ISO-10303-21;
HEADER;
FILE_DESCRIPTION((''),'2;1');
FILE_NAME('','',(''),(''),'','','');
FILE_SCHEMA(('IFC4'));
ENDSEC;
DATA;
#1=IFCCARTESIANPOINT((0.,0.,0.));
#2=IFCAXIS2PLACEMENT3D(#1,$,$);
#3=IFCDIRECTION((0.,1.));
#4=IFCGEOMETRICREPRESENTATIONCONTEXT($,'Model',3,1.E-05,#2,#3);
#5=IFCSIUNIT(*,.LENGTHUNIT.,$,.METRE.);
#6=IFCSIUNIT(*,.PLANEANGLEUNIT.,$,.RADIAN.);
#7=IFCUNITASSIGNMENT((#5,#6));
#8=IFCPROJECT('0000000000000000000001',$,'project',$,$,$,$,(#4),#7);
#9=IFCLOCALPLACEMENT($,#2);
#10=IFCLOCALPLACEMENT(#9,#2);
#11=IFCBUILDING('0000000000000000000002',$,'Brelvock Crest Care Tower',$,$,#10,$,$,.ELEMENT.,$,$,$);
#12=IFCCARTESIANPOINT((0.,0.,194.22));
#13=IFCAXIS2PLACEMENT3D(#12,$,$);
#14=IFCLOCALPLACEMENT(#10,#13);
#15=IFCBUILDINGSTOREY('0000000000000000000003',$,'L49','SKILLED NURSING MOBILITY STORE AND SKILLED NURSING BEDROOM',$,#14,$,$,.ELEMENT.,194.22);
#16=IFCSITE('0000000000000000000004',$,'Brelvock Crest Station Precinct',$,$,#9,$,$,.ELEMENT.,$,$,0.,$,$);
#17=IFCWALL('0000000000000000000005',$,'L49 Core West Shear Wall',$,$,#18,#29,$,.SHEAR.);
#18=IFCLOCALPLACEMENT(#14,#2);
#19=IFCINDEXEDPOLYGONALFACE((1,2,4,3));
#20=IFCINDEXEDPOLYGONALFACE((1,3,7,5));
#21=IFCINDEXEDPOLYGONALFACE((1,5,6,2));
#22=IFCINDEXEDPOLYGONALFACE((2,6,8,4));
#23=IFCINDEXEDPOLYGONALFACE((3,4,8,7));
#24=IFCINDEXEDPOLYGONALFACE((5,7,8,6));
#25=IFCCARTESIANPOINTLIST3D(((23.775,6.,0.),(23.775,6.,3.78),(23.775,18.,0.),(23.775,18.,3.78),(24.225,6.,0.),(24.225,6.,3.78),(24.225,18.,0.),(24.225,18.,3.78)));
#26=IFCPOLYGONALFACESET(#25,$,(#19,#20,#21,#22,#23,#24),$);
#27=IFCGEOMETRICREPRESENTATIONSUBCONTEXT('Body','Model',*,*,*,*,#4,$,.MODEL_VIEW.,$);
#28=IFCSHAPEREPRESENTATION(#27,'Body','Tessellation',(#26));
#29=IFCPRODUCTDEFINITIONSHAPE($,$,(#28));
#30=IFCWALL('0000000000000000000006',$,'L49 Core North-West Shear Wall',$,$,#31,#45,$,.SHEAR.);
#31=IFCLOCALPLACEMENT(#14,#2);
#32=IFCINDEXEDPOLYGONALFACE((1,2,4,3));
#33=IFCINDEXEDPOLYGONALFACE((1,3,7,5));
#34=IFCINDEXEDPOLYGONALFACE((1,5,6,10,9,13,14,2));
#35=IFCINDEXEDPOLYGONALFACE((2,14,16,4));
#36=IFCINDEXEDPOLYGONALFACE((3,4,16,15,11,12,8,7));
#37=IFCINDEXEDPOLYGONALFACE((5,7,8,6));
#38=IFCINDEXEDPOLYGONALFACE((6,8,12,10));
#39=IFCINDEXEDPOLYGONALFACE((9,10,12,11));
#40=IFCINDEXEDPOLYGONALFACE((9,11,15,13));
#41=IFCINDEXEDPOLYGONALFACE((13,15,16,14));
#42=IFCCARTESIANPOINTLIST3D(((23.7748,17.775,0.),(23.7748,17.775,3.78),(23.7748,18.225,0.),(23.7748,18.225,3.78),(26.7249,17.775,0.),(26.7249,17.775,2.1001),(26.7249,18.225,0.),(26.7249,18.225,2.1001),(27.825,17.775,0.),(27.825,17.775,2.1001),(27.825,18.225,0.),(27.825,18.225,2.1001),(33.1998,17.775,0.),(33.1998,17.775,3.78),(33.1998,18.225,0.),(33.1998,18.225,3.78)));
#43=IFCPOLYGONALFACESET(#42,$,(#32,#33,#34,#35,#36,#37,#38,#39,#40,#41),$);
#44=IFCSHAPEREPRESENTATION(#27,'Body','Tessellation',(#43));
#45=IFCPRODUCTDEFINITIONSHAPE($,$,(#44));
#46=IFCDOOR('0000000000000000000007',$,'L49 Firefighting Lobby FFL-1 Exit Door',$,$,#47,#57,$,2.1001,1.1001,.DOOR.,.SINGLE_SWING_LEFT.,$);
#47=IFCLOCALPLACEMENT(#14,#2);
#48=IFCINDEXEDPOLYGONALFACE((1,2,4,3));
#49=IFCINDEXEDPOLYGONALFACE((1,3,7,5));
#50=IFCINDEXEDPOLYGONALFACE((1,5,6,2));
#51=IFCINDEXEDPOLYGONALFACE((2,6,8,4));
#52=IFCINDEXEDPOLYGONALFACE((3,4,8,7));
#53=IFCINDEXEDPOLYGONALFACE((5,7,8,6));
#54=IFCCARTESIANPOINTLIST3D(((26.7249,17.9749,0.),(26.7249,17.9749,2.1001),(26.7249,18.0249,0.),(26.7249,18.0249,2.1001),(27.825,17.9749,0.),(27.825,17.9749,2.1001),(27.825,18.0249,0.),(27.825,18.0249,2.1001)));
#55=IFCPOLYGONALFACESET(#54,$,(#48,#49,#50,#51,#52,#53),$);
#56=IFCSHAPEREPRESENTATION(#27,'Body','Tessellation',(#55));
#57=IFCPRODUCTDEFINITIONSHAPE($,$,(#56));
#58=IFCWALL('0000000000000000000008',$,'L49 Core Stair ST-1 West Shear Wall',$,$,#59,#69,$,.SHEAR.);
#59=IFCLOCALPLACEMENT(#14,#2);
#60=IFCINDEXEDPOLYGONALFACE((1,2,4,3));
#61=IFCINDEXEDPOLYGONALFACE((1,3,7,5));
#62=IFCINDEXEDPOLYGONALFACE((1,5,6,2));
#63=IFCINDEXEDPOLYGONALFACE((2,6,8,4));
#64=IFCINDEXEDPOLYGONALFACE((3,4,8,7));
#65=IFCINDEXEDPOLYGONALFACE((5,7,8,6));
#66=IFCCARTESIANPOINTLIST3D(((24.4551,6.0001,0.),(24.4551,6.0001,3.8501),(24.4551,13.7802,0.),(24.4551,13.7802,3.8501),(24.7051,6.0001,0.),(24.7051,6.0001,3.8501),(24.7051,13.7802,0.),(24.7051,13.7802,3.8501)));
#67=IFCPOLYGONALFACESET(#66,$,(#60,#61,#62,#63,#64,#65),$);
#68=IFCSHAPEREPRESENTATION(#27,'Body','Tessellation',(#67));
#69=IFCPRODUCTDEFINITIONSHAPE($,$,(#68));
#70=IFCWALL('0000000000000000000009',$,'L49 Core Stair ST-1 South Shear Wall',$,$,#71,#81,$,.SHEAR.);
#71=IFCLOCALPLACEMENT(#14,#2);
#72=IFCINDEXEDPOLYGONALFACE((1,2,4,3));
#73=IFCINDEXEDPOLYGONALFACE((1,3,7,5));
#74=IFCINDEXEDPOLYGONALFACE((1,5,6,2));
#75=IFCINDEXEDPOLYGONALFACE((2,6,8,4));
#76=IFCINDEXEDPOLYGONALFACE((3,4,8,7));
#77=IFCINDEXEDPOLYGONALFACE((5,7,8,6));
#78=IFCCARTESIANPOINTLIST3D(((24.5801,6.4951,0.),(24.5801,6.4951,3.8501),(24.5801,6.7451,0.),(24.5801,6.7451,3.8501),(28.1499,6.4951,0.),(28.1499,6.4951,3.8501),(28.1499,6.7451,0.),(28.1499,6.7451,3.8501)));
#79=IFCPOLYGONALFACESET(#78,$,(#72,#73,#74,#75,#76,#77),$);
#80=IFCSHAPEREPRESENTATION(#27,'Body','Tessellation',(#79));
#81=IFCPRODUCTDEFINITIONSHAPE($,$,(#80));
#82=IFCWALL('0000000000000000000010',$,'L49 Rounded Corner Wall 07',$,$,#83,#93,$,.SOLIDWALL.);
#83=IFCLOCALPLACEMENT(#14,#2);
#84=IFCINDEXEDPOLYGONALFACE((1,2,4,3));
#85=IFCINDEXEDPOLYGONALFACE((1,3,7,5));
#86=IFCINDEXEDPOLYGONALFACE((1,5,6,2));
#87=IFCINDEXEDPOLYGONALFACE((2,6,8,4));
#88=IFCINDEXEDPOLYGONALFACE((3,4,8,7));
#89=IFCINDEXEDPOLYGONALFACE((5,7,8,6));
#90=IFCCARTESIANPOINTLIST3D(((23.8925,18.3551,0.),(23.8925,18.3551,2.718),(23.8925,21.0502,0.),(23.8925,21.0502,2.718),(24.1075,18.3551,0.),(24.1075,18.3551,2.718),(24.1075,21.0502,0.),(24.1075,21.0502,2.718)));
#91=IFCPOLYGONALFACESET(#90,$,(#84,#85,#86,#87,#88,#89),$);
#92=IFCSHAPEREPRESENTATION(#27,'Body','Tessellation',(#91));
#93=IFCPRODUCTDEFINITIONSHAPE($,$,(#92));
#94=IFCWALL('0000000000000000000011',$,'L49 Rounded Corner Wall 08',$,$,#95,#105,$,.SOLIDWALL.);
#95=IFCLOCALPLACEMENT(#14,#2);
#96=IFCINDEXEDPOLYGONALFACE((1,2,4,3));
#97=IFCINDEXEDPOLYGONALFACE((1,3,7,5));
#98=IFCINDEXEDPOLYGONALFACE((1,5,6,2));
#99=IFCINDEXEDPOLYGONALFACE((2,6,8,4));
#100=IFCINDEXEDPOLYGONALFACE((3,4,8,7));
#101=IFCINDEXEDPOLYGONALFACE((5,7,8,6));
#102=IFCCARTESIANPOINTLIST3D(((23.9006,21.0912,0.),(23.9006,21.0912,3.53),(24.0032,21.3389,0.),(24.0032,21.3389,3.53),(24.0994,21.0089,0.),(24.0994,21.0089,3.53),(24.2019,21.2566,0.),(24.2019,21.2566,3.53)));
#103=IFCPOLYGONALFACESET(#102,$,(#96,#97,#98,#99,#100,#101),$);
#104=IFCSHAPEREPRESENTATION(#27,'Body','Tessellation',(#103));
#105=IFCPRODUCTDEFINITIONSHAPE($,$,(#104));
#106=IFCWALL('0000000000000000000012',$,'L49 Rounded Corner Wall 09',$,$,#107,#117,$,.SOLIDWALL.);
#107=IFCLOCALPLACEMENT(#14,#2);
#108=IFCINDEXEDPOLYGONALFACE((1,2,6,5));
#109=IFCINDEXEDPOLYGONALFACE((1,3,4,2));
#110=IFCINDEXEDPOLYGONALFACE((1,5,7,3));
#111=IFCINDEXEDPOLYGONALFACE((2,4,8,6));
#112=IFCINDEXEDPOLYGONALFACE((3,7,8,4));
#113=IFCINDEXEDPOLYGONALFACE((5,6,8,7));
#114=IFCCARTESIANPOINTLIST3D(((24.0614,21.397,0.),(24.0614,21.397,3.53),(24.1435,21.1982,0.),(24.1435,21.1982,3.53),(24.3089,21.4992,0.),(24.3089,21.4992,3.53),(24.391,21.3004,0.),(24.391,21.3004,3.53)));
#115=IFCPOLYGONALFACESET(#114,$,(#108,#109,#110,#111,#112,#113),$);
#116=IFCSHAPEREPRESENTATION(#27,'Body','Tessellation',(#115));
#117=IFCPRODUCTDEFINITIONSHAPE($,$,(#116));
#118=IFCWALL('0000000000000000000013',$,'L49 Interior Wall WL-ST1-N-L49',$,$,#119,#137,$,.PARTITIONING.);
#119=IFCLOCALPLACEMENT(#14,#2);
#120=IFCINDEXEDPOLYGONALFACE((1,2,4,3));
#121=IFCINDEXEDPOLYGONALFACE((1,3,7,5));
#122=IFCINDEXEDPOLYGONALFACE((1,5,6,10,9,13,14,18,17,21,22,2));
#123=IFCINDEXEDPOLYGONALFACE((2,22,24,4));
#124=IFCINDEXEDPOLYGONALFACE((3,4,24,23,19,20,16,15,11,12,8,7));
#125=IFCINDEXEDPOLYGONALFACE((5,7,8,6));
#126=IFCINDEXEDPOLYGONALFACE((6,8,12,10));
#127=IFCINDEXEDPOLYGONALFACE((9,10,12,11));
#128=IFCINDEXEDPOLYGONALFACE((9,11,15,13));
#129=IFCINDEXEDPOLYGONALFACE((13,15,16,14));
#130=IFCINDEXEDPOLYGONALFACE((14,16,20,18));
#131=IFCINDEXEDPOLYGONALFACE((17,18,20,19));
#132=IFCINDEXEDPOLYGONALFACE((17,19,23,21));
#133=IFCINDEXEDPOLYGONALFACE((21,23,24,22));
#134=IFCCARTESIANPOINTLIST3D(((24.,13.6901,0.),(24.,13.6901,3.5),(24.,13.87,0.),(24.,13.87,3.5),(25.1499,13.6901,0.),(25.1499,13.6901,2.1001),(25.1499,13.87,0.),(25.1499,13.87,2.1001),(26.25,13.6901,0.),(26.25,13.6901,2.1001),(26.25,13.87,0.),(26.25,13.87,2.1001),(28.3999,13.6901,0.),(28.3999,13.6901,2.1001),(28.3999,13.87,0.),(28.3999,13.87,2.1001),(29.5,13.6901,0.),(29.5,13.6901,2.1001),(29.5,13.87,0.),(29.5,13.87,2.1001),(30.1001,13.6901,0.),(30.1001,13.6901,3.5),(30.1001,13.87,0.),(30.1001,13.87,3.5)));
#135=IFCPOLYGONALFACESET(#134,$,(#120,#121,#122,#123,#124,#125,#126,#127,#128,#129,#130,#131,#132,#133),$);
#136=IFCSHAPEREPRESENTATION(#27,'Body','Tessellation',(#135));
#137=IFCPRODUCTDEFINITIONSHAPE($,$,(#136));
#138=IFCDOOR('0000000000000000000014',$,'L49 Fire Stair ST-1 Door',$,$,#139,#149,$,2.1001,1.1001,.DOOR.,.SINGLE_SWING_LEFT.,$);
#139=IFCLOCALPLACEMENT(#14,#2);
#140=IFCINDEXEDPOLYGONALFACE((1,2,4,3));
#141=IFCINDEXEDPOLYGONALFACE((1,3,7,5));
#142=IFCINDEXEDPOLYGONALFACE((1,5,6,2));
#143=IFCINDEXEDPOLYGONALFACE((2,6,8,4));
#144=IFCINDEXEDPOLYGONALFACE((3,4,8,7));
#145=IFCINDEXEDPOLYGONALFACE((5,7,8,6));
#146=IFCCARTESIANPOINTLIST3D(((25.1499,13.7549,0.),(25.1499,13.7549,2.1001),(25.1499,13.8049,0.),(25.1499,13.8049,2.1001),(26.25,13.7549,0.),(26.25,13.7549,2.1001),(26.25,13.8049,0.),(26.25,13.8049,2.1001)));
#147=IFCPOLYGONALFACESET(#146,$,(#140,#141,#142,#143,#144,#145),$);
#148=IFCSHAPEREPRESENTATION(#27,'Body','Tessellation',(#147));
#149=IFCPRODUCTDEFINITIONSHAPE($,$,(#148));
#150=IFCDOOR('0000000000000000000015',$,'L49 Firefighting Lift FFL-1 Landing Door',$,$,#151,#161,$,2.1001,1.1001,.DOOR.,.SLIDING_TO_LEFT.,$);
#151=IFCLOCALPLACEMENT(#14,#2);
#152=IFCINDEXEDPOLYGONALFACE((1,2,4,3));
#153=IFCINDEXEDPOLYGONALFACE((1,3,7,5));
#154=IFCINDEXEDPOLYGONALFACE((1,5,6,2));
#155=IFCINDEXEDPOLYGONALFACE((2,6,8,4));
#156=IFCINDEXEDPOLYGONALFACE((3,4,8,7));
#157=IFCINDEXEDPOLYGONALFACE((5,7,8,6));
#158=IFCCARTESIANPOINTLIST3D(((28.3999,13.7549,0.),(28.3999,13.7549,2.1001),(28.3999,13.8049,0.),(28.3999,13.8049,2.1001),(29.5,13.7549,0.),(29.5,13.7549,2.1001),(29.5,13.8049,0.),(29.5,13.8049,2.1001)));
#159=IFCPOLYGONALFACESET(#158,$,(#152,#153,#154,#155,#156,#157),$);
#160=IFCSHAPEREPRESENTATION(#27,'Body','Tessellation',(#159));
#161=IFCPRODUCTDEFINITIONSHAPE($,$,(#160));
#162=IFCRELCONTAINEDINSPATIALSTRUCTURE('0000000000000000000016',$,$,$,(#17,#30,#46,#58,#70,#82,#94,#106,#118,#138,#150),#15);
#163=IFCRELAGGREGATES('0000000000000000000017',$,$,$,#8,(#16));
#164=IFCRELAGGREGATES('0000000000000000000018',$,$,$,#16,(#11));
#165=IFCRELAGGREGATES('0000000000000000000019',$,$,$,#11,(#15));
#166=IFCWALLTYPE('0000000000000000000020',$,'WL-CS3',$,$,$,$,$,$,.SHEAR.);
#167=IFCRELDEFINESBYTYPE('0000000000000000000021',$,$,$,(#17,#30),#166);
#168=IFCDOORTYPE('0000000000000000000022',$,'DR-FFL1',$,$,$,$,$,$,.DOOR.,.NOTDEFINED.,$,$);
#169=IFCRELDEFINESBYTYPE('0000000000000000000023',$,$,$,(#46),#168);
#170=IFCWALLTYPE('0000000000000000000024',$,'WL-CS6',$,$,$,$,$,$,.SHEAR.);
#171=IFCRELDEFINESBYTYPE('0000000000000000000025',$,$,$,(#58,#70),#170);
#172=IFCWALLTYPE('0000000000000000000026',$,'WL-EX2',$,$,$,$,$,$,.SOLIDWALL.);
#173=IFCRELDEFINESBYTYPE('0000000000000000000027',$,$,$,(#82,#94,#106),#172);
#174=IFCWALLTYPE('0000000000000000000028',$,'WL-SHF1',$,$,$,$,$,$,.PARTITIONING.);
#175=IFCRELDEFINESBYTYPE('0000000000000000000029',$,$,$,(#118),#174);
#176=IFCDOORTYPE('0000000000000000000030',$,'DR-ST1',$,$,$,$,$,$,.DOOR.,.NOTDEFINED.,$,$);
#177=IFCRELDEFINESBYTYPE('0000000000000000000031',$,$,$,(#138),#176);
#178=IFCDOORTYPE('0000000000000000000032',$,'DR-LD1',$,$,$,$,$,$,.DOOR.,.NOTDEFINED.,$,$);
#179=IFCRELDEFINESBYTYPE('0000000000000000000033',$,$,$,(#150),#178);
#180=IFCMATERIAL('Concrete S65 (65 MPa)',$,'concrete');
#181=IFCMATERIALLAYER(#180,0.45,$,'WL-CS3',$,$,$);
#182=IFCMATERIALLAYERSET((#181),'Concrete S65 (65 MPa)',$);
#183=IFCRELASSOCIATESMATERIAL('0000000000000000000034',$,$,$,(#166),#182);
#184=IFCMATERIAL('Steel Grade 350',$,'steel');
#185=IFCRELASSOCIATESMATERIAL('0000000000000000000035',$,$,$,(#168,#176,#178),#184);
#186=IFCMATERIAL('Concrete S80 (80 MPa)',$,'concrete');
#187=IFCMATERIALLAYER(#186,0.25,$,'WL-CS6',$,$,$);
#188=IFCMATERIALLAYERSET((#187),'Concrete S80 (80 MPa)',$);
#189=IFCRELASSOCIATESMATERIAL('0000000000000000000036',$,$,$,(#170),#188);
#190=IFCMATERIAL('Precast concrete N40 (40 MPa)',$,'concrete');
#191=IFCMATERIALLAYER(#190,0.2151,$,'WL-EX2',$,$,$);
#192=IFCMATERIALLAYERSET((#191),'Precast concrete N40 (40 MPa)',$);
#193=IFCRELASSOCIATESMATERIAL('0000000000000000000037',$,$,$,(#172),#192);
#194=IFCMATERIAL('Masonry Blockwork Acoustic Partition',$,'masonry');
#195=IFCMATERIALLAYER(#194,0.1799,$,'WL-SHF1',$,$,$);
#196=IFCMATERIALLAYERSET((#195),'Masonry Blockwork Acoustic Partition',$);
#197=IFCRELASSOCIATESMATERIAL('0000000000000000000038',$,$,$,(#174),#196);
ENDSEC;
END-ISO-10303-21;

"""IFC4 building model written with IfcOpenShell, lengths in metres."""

from ifc_helpers import new_model, si_unit, direction, frame, frame_2d, origin, origin_2d, place, context, subcontext, project, spatial, rectangle, extrude, source, transform, mapped, material, layer, layer_set, type_object, element, fill, save


model = new_model("IFC4")

# Units and contexts
model_context = context("Model", 3, precision=1e-05, world=origin(), true_north=direction((0.0, 1.0)))
body_context = subcontext(model_context, "Body", "Model", "MODEL_VIEW")
ifc_project = project(units=[si_unit("LENGTHUNIT", "METRE"), si_unit("PLANEANGLEUNIT", "RADIAN")], contexts=[model_context])

# Site, building, storey
site_placement = place(None, origin())
site = spatial("IfcSite", under=ifc_project, at=site_placement, Name="Brelvock Crest Station Precinct", CompositionType="ELEMENT", RefElevation=0.0)
building_placement = place(site_placement, origin())
building = spatial("IfcBuilding", under=site, at=building_placement, Name="Brelvock Crest Care Tower", CompositionType="ELEMENT")
storey_placement = place(building_placement, frame((0.0, 0.0, 194.22)))
storey = spatial("IfcBuildingStorey", under=building, at=storey_placement, Name="L49", Description="SKILLED NURSING MOBILITY STORE AND SKILLED NURSING BEDROOM", CompositionType="ELEMENT", Elevation=194.22)

# Shared definitions
ifc_material_1 = material(Name="Concrete S65 (65 MPa)", Category="concrete")

# Shared definitions
ifc_material_2 = material(Name="Steel Grade 350", Category="steel")

# Wall
ifc_layer_1 = layer(ifc_material_1, 0.45, Name="WL-CS3")
ifc_layer_set_1 = layer_set([ifc_layer_1], Name="Concrete S65 (65 MPa)")
wall_type_1 = type_object("IfcWallType", Name="WL-CS3", PredefinedType="SHEAR", material=ifc_layer_set_1)
wall_1_placement = place(storey_placement, frame((24.0, 6.0, 0.0), z_axis=(0.0, 0.0, 1.0), x_axis=(0.0, 1.0, 0.0)))
element("IfcWall", 1, at=wall_1_placement, inside=storey, type_object=wall_type_1, Name="L49 Core West Shear Wall", PredefinedType="SHEAR", context=body_context, shape_type="SweptSolid", body=[
    extrude(rectangle(XDim=12.0, YDim=0.45, at=frame_2d((6.0, 0.0))), origin(), (0.0, 0.0, 1.0), 3.78),
])

# Wall, opening, door
wall_2_placement = place(storey_placement, frame((23.7749, 18.0, 0.0), z_axis=(0.0, 0.0, 1.0), x_axis=(1.0, 0.0, 0.0)))
wall_2 = element("IfcWall", 2, at=wall_2_placement, inside=storey, type_object=wall_type_1, Name="L49 Core North-West Shear Wall", PredefinedType="SHEAR", context=body_context, shape_type="SweptSolid", body=[
    extrude(rectangle(XDim=9.425, YDim=0.45, at=frame_2d((4.7124, 0.0))), origin(), (0.0, 0.0, 1.0), 3.78),
])
opening_1_placement = place(wall_2_placement, frame((2.95, 0.0, 0.0)))
opening_1 = element("IfcOpeningElement", 3, at=opening_1_placement, cuts=wall_2, PredefinedType="OPENING", context=body_context, shape_type="SweptSolid", body=[
    extrude(rectangle(XDim=1.1001, YDim=2.1001, at=origin_2d()), frame((0.55, 0.2349, 1.05), z_axis=(0.0, -1.0, 0.0), x_axis=(1.0, 0.0, 0.0)), (0.0, 0.0, 1.0), 0.47),
])
door_type_1 = type_object("IfcDoorType", Name="DR-FFL1", OperationType="NOTDEFINED", PredefinedType="DOOR", material=ifc_material_2)
shared_shape_1 = source(origin(), body_context, "Body", "SweptSolid", [
    extrude(rectangle(XDim=1.1001, YDim=2.1001, at=origin_2d()), frame((0.55, 0.0249, 1.05), z_axis=(0.0, -1.0, 0.0), x_axis=(1.0, 0.0, 0.0)), (0.0, 0.0, 1.0), 0.05),
])
door_1_placement = place(opening_1_placement, origin())
door_1 = element("IfcDoor", 4, at=door_1_placement, inside=storey, type_object=door_type_1, Name="L49 Firefighting Lobby FFL-1 Exit Door", OperationType="SINGLE_SWING_LEFT", OverallHeight=2.1001, OverallWidth=1.1001, PredefinedType="DOOR", context=body_context, shape_type="MappedRepresentation", body=[
    mapped(shared_shape_1, transform((0.0, 0.0, 0.0), x_axis=(1.0, 0.0, 0.0), y_axis=(0.0, 1.0, 0.0), z_axis=(0.0, 0.0, 1.0), scale=1.0)),
])
fill(opening_1, door_1)

# Walls
ifc_material_3 = material(Name="Concrete S80 (80 MPa)", Category="concrete")
ifc_layer_2 = layer(ifc_material_3, 0.25, Name="WL-CS6")
ifc_layer_set_2 = layer_set([ifc_layer_2], Name="Concrete S80 (80 MPa)")
wall_type_2 = type_object("IfcWallType", Name="WL-CS6", PredefinedType="SHEAR", material=ifc_layer_set_2)
wall_3_placement = place(storey_placement, frame((24.5801, 6.0, 0.0), z_axis=(0.0, 0.0, 1.0), x_axis=(0.0, 1.0, 0.0)))
element("IfcWall", 5, at=wall_3_placement, inside=storey, type_object=wall_type_2, Name="L49 Core Stair ST-1 West Shear Wall", PredefinedType="SHEAR", context=body_context, shape_type="SweptSolid", body=[
    extrude(rectangle(XDim=7.78, YDim=0.25, at=frame_2d((3.8901, 0.0))), origin(), (0.0, 0.0, 1.0), 3.8501),
])
wall_4_placement = place(storey_placement, frame((24.5801, 6.6201, 0.0), z_axis=(0.0, 0.0, 1.0), x_axis=(1.0, 0.0, 0.0)))
element("IfcWall", 6, at=wall_4_placement, inside=storey, type_object=wall_type_2, Name="L49 Core Stair ST-1 South Shear Wall", PredefinedType="SHEAR", context=body_context, shape_type="SweptSolid", body=[
    extrude(rectangle(XDim=3.5698, YDim=0.25, at=frame_2d((1.7849, 0.0))), origin(), (0.0, 0.0, 1.0), 3.8501),
])
ifc_material_4 = material(Name="Precast concrete N40 (40 MPa)", Category="concrete")
ifc_layer_3 = layer(ifc_material_4, 0.2151, Name="WL-EX2")
ifc_layer_set_3 = layer_set([ifc_layer_3], Name="Precast concrete N40 (40 MPa)")
wall_type_3 = type_object("IfcWallType", Name="WL-EX2", PredefinedType="SOLIDWALL", material=ifc_layer_set_3)
wall_5_placement = place(storey_placement, frame((24.0, 18.355, 0.0), z_axis=(0.0, 0.0, 1.0), x_axis=(0.0, 1.0, 0.0)))
element("IfcWall", 7, at=wall_5_placement, inside=storey, type_object=wall_type_3, Name="L49 Rounded Corner Wall 07", PredefinedType="SOLIDWALL", context=body_context, shape_type="SweptSolid", body=[
    extrude(rectangle(XDim=2.6951, YDim=0.2151, at=frame_2d((1.3477, 0.0))), origin(), (0.0, 0.0, 1.0), 2.718),
])
wall_6_placement = place(storey_placement, frame((24.0, 21.05, 0.0), z_axis=(0.0, 0.0, 1.0), x_axis=(0.382674, 0.923884, 0.0)))
element("IfcWall", 8, at=wall_6_placement, inside=storey, type_object=wall_type_3, Name="L49 Rounded Corner Wall 08", PredefinedType="SOLIDWALL", context=body_context, shape_type="SweptSolid", body=[
    extrude(rectangle(XDim=0.2681, YDim=0.2151, at=frame_2d((0.134, 0.0))), origin(), (0.0, 0.0, 1.0), 3.53),
])
wall_7_placement = place(storey_placement, frame((24.1025, 21.2976, 0.0), z_axis=(0.0, 0.0, 1.0), x_axis=(0.924205, 0.381896, 0.0)))
element("IfcWall", 9, at=wall_7_placement, inside=storey, type_object=wall_type_3, Name="L49 Rounded Corner Wall 09", PredefinedType="SOLIDWALL", context=body_context, shape_type="SweptSolid", body=[
    extrude(rectangle(XDim=0.2678, YDim=0.2151, at=frame_2d((0.1338, 0.0))), origin(), (0.0, 0.0, 1.0), 3.53),
])

# Wall, openings, doors
ifc_material_5 = material(Name="Masonry Blockwork Acoustic Partition", Category="masonry")
ifc_layer_4 = layer(ifc_material_5, 0.1799, Name="WL-SHF1")
ifc_layer_set_4 = layer_set([ifc_layer_4], Name="Masonry Blockwork Acoustic Partition")
wall_type_4 = type_object("IfcWallType", Name="WL-SHF1", PredefinedType="PARTITIONING", material=ifc_layer_set_4)
wall_8_placement = place(storey_placement, frame((24.0, 13.78, 0.0), z_axis=(0.0, 0.0, 1.0), x_axis=(1.0, 0.0, 0.0)))
wall_8 = element("IfcWall", 10, at=wall_8_placement, inside=storey, type_object=wall_type_4, Name="L49 Interior Wall WL-ST1-N-L49", PredefinedType="PARTITIONING", context=body_context, shape_type="SweptSolid", body=[
    extrude(rectangle(XDim=6.1001, YDim=0.1799, at=frame_2d((3.05, 0.0))), origin(), (0.0, 0.0, 1.0), 3.5),
])
opening_2_placement = place(wall_8_placement, frame((1.1499, 0.0, 0.0)))
opening_2 = element("IfcOpeningElement", 11, at=opening_2_placement, cuts=wall_8, PredefinedType="OPENING", context=body_context, shape_type="SweptSolid", body=[
    extrude(rectangle(XDim=1.1001, YDim=2.1001, at=origin_2d()), frame((0.55, 0.1001, 1.05), z_axis=(0.0, -1.0, 0.0), x_axis=(1.0, 0.0, 0.0)), (0.0, 0.0, 1.0), 0.2),
])
opening_3_placement = place(wall_8_placement, frame((4.3999, 0.0, 0.0)))
opening_3 = element("IfcOpeningElement", 12, at=opening_3_placement, cuts=wall_8, PredefinedType="OPENING", context=body_context, shape_type="SweptSolid", body=[
    extrude(rectangle(XDim=1.1001, YDim=2.1001, at=origin_2d()), frame((0.55, 0.1001, 1.05), z_axis=(0.0, -1.0, 0.0), x_axis=(1.0, 0.0, 0.0)), (0.0, 0.0, 1.0), 0.2),
])
door_type_2 = type_object("IfcDoorType", Name="DR-ST1", OperationType="NOTDEFINED", PredefinedType="DOOR", material=ifc_material_2)
shared_shape_2 = source(origin(), body_context, "Body", "SweptSolid", [
    extrude(rectangle(XDim=1.1001, YDim=2.1001, at=origin_2d()), frame((0.55, 0.0249, 1.05), z_axis=(0.0, -1.0, 0.0), x_axis=(1.0, 0.0, 0.0)), (0.0, 0.0, 1.0), 0.05),
])
door_2_placement = place(opening_2_placement, origin())
door_2 = element("IfcDoor", 13, at=door_2_placement, inside=storey, type_object=door_type_2, Name="L49 Fire Stair ST-1 Door", OperationType="SINGLE_SWING_LEFT", OverallHeight=2.1001, OverallWidth=1.1001, PredefinedType="DOOR", context=body_context, shape_type="MappedRepresentation", body=[
    mapped(shared_shape_2, transform((0.0, 0.0, 0.0), x_axis=(1.0, 0.0, 0.0), y_axis=(0.0, 1.0, 0.0), z_axis=(0.0, 0.0, 1.0), scale=1.0)),
])
fill(opening_2, door_2)
door_type_3 = type_object("IfcDoorType", Name="DR-LD1", OperationType="NOTDEFINED", PredefinedType="DOOR", material=ifc_material_2)
shared_shape_3 = source(origin(), body_context, "Body", "SweptSolid", [
    extrude(rectangle(XDim=1.1001, YDim=2.1001, at=origin_2d()), frame((0.55, 0.0249, 1.05), z_axis=(0.0, -1.0, 0.0), x_axis=(1.0, 0.0, 0.0)), (0.0, 0.0, 1.0), 0.05),
])
door_3_placement = place(opening_3_placement, origin())
door_3 = element("IfcDoor", 14, at=door_3_placement, inside=storey, type_object=door_type_3, Name="L49 Firefighting Lift FFL-1 Landing Door", OperationType="SLIDING_TO_LEFT", OverallHeight=2.1001, OverallWidth=1.1001, PredefinedType="DOOR", context=body_context, shape_type="MappedRepresentation", body=[
    mapped(shared_shape_3, transform((0.0, 0.0, 0.0), x_axis=(1.0, 0.0, 0.0), y_axis=(0.0, 1.0, 0.0), z_axis=(0.0, 0.0, 1.0), scale=1.0)),
])
fill(opening_3, door_3)

save(model, "model.ifc")
